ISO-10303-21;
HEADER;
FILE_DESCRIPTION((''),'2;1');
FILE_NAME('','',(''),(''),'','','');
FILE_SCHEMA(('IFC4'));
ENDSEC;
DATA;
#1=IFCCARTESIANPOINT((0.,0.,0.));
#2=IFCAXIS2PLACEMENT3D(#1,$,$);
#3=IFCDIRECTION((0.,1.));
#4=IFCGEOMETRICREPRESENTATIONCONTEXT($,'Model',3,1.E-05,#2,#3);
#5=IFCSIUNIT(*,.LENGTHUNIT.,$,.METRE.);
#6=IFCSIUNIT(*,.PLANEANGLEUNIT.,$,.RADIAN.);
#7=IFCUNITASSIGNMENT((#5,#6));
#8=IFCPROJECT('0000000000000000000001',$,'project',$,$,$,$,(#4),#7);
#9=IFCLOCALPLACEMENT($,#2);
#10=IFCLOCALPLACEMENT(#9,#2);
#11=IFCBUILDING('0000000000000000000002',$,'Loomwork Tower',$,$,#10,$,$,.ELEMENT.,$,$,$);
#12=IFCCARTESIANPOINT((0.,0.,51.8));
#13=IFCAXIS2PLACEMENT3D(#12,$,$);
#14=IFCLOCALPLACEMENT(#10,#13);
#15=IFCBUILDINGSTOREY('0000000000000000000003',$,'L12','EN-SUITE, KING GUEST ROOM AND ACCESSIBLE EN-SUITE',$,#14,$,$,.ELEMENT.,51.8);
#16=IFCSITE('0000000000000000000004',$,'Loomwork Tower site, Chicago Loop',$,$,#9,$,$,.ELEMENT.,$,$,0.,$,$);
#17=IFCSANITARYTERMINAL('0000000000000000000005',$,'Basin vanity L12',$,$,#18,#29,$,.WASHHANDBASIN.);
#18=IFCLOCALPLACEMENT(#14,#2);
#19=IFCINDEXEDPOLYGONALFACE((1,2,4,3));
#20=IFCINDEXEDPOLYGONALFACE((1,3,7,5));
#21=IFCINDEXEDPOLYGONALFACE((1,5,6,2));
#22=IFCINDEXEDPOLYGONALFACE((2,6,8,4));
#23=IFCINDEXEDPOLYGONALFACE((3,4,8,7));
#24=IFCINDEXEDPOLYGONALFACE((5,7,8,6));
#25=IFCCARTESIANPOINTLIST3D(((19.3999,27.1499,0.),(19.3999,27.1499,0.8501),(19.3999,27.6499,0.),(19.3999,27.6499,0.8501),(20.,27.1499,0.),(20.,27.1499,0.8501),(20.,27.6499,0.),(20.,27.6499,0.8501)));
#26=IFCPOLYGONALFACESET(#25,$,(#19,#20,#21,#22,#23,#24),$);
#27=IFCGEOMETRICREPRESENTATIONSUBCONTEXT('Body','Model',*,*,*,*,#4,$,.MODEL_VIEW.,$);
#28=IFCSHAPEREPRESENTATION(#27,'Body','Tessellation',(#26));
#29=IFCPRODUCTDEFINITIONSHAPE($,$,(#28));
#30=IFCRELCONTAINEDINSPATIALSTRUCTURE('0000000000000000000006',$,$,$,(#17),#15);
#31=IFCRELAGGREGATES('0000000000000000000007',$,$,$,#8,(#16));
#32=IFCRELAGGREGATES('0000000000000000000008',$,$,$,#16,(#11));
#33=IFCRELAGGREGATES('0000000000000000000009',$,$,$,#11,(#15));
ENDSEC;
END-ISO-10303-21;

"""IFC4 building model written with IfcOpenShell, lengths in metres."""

from ifc_helpers import new_model, si_unit, direction, frame, origin, origin_2d, place, context, subcontext, project, spatial, rectangle, extrude, element, save


model = new_model("IFC4")

# Units and contexts
model_context = context("Model", 3, precision=1e-05, world=origin(), true_north=direction((0.0, 1.0)))
body_context = subcontext(model_context, "Body", "Model", "MODEL_VIEW")
ifc_project = project(units=[si_unit("LENGTHUNIT", "METRE"), si_unit("PLANEANGLEUNIT", "RADIAN")], contexts=[model_context])

# Site, building, storey
site_placement = place(None, origin())
site = spatial("IfcSite", under=ifc_project, at=site_placement, Name="Loomwork Tower site, Chicago Loop", CompositionType="ELEMENT", RefElevation=0.0)
building_placement = place(site_placement, origin())
building = spatial("IfcBuilding", under=site, at=building_placement, Name="Loomwork Tower", CompositionType="ELEMENT")
storey_placement = place(building_placement, frame((0.0, 0.0, 51.8)))
storey = spatial("IfcBuildingStorey", under=building, at=storey_placement, Name="L12", Description="EN-SUITE, KING GUEST ROOM AND ACCESSIBLE EN-SUITE", CompositionType="ELEMENT", Elevation=51.8)

# Sanitary terminal
sanitary_terminal_placement = place(storey_placement, frame((19.7, 27.3999, 0.0), z_axis=(0.0, 0.0, 1.0), x_axis=(1.0, 0.0, 0.0)))
element("IfcSanitaryTerminal", 1, at=sanitary_terminal_placement, inside=storey, Name="Basin vanity L12", PredefinedType="WASHHANDBASIN", context=body_context, shape_type="SweptSolid", body=[
    extrude(rectangle(XDim=0.6001, YDim=0.5, at=origin_2d()), origin(), (0.0, 0.0, 1.0), 0.8501),
])

save(model, "model.ifc")
